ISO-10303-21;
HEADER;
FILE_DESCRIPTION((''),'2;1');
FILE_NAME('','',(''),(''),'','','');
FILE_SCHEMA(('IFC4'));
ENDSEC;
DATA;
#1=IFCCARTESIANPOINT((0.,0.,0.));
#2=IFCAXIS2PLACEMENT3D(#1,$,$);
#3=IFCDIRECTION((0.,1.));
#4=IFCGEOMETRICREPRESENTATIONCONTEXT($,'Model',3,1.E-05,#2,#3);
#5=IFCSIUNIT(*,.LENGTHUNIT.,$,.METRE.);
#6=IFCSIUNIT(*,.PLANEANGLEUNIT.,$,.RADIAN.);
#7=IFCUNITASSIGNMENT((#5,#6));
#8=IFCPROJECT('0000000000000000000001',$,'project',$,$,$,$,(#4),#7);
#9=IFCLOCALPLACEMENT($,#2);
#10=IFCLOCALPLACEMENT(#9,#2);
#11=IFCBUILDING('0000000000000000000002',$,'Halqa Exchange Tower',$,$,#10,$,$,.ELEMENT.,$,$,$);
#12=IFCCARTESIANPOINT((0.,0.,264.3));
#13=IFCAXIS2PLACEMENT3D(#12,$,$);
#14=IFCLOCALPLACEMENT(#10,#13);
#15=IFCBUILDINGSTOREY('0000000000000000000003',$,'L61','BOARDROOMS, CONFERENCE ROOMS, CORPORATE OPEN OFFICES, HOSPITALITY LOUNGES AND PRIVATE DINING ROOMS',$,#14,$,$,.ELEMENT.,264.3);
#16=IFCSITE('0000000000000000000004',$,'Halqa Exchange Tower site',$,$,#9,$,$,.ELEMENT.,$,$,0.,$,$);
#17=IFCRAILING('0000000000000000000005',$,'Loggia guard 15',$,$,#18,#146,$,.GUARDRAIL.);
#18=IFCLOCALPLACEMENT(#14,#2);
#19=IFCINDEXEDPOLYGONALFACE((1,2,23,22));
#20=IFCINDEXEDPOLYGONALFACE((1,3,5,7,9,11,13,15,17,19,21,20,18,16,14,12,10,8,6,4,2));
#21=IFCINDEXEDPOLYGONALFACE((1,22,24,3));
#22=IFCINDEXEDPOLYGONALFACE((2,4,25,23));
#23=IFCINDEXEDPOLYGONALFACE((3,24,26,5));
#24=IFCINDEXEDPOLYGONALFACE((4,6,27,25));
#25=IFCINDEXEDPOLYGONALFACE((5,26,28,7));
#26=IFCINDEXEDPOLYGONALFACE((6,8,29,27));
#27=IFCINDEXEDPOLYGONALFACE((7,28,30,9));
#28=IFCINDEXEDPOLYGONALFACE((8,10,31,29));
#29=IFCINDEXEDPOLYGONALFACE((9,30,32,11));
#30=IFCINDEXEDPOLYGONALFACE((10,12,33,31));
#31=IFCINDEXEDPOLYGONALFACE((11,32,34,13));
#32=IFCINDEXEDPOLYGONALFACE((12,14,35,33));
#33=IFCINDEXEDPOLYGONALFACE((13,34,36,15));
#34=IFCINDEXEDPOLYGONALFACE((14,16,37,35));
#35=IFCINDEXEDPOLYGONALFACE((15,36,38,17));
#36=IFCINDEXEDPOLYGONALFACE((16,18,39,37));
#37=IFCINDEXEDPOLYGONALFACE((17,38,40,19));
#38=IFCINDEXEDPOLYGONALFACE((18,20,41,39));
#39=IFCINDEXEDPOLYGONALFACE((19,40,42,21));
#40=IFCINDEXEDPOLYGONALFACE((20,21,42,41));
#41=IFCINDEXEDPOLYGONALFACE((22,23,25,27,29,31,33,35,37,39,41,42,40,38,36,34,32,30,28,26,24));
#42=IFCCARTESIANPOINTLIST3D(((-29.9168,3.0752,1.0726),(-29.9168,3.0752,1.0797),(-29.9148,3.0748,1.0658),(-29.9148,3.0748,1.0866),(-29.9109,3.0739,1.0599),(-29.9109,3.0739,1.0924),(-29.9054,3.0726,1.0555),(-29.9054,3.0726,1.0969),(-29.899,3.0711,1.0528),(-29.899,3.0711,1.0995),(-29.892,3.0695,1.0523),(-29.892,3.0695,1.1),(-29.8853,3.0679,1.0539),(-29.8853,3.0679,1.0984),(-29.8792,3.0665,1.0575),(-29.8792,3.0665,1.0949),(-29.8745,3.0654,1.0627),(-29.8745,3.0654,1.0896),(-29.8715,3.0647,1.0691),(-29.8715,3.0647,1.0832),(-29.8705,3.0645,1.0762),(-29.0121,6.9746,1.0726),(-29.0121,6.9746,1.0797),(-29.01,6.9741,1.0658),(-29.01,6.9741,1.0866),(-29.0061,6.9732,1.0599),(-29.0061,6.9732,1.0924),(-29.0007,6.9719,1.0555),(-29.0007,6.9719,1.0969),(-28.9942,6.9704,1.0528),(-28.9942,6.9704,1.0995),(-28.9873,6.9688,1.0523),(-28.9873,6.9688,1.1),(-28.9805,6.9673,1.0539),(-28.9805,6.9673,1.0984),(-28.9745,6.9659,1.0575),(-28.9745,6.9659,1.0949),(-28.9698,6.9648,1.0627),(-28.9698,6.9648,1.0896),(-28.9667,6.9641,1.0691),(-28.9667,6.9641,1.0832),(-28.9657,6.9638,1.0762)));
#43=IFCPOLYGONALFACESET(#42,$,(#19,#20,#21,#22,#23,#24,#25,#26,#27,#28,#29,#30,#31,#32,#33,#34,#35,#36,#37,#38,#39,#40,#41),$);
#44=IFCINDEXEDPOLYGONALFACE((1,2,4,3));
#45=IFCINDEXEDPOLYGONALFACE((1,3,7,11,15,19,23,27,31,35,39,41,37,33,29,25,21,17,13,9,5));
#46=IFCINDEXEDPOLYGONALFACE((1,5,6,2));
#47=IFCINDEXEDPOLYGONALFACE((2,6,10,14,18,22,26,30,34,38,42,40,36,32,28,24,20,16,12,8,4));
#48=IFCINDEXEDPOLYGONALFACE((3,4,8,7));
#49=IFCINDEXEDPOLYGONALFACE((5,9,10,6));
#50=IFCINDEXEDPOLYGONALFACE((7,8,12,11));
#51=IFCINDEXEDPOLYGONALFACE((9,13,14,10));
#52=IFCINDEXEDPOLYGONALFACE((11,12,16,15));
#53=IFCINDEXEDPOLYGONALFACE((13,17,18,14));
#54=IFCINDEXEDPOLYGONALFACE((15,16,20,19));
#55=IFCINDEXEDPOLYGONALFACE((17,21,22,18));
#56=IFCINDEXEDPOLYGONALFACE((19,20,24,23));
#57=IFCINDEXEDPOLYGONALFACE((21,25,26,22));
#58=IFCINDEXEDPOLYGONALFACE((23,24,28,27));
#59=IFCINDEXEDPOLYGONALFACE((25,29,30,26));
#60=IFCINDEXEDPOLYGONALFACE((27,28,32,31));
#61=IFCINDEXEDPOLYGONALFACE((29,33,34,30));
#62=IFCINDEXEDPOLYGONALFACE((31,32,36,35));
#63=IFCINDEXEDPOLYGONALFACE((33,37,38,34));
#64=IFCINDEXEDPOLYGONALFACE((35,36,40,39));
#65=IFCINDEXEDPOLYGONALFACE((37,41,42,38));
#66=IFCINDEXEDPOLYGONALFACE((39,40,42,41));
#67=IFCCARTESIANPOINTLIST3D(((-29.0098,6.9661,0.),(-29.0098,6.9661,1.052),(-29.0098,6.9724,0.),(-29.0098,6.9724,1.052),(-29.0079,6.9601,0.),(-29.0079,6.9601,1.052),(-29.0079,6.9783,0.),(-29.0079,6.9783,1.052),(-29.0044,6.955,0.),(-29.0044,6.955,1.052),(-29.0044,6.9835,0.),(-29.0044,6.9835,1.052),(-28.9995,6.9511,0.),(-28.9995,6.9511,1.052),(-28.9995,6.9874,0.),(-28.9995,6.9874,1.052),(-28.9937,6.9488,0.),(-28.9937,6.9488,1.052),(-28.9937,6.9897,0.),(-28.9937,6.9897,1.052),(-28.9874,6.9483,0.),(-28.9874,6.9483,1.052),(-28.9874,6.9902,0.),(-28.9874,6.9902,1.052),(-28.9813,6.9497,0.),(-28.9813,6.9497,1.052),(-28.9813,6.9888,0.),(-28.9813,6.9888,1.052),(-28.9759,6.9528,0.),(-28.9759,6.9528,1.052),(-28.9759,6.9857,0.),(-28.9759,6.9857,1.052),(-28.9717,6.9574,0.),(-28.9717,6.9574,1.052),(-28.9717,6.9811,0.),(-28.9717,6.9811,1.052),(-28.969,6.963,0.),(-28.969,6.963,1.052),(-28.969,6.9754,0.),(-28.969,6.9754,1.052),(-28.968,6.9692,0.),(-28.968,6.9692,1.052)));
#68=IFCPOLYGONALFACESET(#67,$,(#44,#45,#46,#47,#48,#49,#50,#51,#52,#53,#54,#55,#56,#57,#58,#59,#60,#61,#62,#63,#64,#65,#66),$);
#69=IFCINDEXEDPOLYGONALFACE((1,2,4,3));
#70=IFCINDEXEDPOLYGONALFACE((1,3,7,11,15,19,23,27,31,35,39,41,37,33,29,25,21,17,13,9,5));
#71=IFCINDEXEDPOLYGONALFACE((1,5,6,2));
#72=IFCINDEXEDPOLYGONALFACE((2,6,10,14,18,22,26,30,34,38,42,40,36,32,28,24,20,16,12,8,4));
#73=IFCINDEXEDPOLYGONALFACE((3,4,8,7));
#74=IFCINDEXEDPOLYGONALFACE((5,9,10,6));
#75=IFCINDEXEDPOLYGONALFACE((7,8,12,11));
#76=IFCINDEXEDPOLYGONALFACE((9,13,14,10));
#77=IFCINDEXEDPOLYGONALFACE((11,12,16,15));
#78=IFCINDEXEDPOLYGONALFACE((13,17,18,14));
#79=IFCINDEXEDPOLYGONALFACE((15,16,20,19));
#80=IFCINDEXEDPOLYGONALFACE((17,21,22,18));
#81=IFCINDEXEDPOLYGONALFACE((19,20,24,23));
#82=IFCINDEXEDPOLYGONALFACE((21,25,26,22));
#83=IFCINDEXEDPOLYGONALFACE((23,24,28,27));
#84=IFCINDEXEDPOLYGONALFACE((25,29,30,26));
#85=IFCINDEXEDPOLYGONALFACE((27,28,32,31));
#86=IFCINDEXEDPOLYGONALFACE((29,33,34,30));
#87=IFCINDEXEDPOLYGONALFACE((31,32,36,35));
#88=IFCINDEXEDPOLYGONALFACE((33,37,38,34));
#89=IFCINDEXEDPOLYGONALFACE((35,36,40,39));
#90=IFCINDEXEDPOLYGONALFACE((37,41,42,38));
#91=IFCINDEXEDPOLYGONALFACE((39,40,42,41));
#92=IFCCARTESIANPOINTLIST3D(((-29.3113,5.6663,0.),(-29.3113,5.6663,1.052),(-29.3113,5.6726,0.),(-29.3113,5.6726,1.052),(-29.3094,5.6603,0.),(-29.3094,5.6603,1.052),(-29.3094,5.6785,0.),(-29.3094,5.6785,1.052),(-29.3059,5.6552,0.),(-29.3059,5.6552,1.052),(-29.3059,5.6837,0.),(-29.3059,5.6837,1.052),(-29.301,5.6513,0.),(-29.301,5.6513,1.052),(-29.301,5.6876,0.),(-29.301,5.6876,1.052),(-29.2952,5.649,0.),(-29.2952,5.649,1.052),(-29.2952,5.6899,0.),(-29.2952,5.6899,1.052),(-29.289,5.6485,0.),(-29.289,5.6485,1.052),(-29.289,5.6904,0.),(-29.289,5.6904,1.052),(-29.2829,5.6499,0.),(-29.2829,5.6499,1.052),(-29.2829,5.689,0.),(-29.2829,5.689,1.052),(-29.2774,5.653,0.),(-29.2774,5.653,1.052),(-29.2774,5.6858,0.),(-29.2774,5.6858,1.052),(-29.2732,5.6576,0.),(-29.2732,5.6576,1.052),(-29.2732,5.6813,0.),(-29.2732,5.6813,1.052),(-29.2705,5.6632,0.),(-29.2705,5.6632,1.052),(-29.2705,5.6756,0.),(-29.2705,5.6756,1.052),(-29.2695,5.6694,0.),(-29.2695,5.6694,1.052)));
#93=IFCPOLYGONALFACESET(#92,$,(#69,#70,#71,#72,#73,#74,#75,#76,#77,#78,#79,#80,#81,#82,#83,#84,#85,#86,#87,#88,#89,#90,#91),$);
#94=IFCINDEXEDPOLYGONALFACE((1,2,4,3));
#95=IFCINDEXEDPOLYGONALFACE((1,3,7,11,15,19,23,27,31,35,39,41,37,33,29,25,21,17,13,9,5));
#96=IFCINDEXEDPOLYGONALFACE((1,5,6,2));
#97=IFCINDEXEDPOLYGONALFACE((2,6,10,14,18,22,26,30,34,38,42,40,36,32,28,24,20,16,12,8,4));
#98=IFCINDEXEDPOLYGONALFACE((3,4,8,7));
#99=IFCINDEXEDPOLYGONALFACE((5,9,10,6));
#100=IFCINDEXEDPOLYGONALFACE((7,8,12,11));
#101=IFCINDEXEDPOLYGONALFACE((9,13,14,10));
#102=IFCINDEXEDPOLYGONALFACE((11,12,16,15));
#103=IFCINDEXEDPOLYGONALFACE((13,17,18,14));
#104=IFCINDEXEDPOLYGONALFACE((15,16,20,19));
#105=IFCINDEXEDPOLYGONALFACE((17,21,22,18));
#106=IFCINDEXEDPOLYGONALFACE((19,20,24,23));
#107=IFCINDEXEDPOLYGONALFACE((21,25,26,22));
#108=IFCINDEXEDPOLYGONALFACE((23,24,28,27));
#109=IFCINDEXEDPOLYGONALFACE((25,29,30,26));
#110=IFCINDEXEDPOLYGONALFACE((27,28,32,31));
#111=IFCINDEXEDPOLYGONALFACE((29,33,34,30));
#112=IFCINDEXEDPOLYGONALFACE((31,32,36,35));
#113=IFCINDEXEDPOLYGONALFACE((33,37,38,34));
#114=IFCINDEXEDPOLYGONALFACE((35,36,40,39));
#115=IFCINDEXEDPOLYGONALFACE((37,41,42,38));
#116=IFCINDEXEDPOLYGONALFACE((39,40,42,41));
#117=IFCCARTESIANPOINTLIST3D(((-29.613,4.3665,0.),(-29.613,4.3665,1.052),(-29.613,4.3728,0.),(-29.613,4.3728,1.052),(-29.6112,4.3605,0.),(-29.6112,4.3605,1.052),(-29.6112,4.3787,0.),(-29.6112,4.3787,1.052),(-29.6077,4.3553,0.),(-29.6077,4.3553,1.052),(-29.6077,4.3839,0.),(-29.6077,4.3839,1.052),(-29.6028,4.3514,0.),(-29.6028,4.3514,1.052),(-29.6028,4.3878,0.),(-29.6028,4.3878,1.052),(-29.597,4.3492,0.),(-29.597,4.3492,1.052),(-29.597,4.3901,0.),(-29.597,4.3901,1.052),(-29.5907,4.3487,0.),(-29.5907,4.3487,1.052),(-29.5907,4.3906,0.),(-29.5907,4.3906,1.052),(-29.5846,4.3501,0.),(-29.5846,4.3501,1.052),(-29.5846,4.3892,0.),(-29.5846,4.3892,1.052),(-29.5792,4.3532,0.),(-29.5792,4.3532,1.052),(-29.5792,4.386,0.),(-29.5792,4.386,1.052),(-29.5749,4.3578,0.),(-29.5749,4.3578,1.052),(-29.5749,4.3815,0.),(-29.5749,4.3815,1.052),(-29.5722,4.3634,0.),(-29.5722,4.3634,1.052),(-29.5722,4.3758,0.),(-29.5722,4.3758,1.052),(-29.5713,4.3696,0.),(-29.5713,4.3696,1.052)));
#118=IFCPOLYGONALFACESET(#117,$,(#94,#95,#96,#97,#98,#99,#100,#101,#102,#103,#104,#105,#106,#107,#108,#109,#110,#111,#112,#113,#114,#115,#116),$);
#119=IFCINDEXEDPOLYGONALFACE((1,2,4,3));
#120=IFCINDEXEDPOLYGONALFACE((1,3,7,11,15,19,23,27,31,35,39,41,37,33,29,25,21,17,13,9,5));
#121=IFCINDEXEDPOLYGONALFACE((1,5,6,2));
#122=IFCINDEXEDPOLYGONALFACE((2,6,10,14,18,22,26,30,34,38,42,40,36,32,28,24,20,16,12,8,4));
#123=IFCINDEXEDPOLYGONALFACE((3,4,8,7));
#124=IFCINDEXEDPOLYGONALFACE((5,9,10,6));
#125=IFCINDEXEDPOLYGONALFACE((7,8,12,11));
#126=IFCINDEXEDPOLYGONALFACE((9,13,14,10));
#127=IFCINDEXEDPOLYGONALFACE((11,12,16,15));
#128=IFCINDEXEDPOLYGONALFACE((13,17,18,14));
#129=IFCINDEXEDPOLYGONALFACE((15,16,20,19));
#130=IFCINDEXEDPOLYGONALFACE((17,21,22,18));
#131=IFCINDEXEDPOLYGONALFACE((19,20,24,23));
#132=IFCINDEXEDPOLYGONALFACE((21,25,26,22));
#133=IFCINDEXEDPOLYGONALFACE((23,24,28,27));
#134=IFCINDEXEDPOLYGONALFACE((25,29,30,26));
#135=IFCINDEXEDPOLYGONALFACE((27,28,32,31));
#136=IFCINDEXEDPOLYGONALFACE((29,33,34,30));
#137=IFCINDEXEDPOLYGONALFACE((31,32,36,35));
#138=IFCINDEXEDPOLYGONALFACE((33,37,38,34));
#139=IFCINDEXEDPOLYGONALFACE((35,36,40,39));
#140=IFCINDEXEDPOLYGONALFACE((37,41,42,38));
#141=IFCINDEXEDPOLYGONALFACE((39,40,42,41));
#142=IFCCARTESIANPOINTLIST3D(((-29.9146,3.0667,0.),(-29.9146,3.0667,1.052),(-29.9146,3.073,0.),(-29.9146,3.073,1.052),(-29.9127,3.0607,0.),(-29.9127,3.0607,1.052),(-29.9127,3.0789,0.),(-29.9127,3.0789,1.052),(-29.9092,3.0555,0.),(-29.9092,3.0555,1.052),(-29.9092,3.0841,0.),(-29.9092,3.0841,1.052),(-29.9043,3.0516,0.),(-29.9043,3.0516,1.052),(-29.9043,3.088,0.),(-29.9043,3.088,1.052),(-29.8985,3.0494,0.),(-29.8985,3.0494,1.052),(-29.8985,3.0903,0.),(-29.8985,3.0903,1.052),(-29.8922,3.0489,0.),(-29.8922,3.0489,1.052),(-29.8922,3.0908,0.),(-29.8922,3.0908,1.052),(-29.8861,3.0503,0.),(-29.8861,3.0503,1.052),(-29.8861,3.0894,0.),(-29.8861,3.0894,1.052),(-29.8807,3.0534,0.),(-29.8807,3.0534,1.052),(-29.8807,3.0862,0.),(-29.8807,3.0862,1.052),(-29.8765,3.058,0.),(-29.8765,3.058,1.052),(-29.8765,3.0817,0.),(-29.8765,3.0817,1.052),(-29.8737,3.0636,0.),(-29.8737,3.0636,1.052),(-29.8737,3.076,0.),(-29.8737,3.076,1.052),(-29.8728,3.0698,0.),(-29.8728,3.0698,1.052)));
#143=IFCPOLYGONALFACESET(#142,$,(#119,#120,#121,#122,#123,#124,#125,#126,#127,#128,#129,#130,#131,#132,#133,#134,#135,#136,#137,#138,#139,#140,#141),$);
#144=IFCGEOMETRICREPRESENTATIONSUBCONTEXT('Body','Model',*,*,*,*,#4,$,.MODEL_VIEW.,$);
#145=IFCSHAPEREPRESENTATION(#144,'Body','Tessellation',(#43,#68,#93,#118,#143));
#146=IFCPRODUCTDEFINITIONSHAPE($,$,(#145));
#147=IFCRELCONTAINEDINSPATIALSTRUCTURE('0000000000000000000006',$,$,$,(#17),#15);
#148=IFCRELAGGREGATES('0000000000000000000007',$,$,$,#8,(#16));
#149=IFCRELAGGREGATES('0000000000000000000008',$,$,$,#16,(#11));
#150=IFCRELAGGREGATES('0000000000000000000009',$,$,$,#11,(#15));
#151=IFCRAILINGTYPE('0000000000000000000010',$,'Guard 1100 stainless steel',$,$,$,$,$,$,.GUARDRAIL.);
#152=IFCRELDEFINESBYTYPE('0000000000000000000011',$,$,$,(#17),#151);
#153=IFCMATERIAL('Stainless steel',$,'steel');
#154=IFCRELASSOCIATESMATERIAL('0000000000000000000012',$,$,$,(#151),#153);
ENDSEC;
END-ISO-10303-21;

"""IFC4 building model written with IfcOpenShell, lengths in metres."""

from ifc_helpers import new_model, si_unit, direction, frame, origin, origin_2d, place, context, subcontext, project, spatial, circle, extrude, material, type_object, element, save


model = new_model("IFC4")

# Units and contexts
model_context = context("Model", 3, precision=1e-05, world=origin(), true_north=direction((0.0, 1.0)))
body_context = subcontext(model_context, "Body", "Model", "MODEL_VIEW")
ifc_project = project(units=[si_unit("LENGTHUNIT", "METRE"), si_unit("PLANEANGLEUNIT", "RADIAN")], contexts=[model_context])

# Site, building, storey
site_placement = place(None, origin())
site = spatial("IfcSite", under=ifc_project, at=site_placement, Name="Halqa Exchange Tower site", CompositionType="ELEMENT", RefElevation=0.0)
building_placement = place(site_placement, origin())
building = spatial("IfcBuilding", under=site, at=building_placement, Name="Halqa Exchange Tower", CompositionType="ELEMENT")
storey_placement = place(building_placement, frame((0.0, 0.0, 264.3)))
storey = spatial("IfcBuildingStorey", under=building, at=storey_placement, Name="L61", Description="BOARDROOMS, CONFERENCE ROOMS, CORPORATE OPEN OFFICES, HOSPITALITY LOUNGES AND PRIVATE DINING ROOMS", CompositionType="ELEMENT", Elevation=264.3)

# Railing
ifc_material_1 = material(Name="Stainless steel", Category="steel")
railing_type = type_object("IfcRailingType", Name="Guard 1100 stainless steel", PredefinedType="GUARDRAIL", material=ifc_material_1)
railing_1_placement = place(storey_placement, frame((-28.989, 6.9692, 0.0)))
element("IfcRailing", 1, at=railing_1_placement, inside=storey, type_object=railing_type, Name="Loggia guard 15", PredefinedType="GUARDRAIL", context=body_context, shape_type="SweptSolid", body=[
    extrude(circle(Radius=0.0239, at=origin_2d()), frame((0.0, 0.0, 1.0762), z_axis=(-0.226026, -0.974121, 0.0), x_axis=(0.974121, -0.226026, 0.0)), (0.0, 0.0, 1.0), 4.0029),
    extrude(circle(Radius=0.021, at=origin_2d()), origin(), (0.0, 0.0, 1.0), 1.052),
    extrude(circle(Radius=0.021, at=origin_2d()), frame((-0.3015, -1.2998, 0.0)), (0.0, 0.0, 1.0), 1.052),
    extrude(circle(Radius=0.021, at=origin_2d()), frame((-0.6033, -2.5996, 0.0)), (0.0, 0.0, 1.0), 1.052),
    extrude(circle(Radius=0.021, at=origin_2d()), frame((-0.9048, -3.8994, 0.0)), (0.0, 0.0, 1.0), 1.052),
])

save(model, "model.ifc")
